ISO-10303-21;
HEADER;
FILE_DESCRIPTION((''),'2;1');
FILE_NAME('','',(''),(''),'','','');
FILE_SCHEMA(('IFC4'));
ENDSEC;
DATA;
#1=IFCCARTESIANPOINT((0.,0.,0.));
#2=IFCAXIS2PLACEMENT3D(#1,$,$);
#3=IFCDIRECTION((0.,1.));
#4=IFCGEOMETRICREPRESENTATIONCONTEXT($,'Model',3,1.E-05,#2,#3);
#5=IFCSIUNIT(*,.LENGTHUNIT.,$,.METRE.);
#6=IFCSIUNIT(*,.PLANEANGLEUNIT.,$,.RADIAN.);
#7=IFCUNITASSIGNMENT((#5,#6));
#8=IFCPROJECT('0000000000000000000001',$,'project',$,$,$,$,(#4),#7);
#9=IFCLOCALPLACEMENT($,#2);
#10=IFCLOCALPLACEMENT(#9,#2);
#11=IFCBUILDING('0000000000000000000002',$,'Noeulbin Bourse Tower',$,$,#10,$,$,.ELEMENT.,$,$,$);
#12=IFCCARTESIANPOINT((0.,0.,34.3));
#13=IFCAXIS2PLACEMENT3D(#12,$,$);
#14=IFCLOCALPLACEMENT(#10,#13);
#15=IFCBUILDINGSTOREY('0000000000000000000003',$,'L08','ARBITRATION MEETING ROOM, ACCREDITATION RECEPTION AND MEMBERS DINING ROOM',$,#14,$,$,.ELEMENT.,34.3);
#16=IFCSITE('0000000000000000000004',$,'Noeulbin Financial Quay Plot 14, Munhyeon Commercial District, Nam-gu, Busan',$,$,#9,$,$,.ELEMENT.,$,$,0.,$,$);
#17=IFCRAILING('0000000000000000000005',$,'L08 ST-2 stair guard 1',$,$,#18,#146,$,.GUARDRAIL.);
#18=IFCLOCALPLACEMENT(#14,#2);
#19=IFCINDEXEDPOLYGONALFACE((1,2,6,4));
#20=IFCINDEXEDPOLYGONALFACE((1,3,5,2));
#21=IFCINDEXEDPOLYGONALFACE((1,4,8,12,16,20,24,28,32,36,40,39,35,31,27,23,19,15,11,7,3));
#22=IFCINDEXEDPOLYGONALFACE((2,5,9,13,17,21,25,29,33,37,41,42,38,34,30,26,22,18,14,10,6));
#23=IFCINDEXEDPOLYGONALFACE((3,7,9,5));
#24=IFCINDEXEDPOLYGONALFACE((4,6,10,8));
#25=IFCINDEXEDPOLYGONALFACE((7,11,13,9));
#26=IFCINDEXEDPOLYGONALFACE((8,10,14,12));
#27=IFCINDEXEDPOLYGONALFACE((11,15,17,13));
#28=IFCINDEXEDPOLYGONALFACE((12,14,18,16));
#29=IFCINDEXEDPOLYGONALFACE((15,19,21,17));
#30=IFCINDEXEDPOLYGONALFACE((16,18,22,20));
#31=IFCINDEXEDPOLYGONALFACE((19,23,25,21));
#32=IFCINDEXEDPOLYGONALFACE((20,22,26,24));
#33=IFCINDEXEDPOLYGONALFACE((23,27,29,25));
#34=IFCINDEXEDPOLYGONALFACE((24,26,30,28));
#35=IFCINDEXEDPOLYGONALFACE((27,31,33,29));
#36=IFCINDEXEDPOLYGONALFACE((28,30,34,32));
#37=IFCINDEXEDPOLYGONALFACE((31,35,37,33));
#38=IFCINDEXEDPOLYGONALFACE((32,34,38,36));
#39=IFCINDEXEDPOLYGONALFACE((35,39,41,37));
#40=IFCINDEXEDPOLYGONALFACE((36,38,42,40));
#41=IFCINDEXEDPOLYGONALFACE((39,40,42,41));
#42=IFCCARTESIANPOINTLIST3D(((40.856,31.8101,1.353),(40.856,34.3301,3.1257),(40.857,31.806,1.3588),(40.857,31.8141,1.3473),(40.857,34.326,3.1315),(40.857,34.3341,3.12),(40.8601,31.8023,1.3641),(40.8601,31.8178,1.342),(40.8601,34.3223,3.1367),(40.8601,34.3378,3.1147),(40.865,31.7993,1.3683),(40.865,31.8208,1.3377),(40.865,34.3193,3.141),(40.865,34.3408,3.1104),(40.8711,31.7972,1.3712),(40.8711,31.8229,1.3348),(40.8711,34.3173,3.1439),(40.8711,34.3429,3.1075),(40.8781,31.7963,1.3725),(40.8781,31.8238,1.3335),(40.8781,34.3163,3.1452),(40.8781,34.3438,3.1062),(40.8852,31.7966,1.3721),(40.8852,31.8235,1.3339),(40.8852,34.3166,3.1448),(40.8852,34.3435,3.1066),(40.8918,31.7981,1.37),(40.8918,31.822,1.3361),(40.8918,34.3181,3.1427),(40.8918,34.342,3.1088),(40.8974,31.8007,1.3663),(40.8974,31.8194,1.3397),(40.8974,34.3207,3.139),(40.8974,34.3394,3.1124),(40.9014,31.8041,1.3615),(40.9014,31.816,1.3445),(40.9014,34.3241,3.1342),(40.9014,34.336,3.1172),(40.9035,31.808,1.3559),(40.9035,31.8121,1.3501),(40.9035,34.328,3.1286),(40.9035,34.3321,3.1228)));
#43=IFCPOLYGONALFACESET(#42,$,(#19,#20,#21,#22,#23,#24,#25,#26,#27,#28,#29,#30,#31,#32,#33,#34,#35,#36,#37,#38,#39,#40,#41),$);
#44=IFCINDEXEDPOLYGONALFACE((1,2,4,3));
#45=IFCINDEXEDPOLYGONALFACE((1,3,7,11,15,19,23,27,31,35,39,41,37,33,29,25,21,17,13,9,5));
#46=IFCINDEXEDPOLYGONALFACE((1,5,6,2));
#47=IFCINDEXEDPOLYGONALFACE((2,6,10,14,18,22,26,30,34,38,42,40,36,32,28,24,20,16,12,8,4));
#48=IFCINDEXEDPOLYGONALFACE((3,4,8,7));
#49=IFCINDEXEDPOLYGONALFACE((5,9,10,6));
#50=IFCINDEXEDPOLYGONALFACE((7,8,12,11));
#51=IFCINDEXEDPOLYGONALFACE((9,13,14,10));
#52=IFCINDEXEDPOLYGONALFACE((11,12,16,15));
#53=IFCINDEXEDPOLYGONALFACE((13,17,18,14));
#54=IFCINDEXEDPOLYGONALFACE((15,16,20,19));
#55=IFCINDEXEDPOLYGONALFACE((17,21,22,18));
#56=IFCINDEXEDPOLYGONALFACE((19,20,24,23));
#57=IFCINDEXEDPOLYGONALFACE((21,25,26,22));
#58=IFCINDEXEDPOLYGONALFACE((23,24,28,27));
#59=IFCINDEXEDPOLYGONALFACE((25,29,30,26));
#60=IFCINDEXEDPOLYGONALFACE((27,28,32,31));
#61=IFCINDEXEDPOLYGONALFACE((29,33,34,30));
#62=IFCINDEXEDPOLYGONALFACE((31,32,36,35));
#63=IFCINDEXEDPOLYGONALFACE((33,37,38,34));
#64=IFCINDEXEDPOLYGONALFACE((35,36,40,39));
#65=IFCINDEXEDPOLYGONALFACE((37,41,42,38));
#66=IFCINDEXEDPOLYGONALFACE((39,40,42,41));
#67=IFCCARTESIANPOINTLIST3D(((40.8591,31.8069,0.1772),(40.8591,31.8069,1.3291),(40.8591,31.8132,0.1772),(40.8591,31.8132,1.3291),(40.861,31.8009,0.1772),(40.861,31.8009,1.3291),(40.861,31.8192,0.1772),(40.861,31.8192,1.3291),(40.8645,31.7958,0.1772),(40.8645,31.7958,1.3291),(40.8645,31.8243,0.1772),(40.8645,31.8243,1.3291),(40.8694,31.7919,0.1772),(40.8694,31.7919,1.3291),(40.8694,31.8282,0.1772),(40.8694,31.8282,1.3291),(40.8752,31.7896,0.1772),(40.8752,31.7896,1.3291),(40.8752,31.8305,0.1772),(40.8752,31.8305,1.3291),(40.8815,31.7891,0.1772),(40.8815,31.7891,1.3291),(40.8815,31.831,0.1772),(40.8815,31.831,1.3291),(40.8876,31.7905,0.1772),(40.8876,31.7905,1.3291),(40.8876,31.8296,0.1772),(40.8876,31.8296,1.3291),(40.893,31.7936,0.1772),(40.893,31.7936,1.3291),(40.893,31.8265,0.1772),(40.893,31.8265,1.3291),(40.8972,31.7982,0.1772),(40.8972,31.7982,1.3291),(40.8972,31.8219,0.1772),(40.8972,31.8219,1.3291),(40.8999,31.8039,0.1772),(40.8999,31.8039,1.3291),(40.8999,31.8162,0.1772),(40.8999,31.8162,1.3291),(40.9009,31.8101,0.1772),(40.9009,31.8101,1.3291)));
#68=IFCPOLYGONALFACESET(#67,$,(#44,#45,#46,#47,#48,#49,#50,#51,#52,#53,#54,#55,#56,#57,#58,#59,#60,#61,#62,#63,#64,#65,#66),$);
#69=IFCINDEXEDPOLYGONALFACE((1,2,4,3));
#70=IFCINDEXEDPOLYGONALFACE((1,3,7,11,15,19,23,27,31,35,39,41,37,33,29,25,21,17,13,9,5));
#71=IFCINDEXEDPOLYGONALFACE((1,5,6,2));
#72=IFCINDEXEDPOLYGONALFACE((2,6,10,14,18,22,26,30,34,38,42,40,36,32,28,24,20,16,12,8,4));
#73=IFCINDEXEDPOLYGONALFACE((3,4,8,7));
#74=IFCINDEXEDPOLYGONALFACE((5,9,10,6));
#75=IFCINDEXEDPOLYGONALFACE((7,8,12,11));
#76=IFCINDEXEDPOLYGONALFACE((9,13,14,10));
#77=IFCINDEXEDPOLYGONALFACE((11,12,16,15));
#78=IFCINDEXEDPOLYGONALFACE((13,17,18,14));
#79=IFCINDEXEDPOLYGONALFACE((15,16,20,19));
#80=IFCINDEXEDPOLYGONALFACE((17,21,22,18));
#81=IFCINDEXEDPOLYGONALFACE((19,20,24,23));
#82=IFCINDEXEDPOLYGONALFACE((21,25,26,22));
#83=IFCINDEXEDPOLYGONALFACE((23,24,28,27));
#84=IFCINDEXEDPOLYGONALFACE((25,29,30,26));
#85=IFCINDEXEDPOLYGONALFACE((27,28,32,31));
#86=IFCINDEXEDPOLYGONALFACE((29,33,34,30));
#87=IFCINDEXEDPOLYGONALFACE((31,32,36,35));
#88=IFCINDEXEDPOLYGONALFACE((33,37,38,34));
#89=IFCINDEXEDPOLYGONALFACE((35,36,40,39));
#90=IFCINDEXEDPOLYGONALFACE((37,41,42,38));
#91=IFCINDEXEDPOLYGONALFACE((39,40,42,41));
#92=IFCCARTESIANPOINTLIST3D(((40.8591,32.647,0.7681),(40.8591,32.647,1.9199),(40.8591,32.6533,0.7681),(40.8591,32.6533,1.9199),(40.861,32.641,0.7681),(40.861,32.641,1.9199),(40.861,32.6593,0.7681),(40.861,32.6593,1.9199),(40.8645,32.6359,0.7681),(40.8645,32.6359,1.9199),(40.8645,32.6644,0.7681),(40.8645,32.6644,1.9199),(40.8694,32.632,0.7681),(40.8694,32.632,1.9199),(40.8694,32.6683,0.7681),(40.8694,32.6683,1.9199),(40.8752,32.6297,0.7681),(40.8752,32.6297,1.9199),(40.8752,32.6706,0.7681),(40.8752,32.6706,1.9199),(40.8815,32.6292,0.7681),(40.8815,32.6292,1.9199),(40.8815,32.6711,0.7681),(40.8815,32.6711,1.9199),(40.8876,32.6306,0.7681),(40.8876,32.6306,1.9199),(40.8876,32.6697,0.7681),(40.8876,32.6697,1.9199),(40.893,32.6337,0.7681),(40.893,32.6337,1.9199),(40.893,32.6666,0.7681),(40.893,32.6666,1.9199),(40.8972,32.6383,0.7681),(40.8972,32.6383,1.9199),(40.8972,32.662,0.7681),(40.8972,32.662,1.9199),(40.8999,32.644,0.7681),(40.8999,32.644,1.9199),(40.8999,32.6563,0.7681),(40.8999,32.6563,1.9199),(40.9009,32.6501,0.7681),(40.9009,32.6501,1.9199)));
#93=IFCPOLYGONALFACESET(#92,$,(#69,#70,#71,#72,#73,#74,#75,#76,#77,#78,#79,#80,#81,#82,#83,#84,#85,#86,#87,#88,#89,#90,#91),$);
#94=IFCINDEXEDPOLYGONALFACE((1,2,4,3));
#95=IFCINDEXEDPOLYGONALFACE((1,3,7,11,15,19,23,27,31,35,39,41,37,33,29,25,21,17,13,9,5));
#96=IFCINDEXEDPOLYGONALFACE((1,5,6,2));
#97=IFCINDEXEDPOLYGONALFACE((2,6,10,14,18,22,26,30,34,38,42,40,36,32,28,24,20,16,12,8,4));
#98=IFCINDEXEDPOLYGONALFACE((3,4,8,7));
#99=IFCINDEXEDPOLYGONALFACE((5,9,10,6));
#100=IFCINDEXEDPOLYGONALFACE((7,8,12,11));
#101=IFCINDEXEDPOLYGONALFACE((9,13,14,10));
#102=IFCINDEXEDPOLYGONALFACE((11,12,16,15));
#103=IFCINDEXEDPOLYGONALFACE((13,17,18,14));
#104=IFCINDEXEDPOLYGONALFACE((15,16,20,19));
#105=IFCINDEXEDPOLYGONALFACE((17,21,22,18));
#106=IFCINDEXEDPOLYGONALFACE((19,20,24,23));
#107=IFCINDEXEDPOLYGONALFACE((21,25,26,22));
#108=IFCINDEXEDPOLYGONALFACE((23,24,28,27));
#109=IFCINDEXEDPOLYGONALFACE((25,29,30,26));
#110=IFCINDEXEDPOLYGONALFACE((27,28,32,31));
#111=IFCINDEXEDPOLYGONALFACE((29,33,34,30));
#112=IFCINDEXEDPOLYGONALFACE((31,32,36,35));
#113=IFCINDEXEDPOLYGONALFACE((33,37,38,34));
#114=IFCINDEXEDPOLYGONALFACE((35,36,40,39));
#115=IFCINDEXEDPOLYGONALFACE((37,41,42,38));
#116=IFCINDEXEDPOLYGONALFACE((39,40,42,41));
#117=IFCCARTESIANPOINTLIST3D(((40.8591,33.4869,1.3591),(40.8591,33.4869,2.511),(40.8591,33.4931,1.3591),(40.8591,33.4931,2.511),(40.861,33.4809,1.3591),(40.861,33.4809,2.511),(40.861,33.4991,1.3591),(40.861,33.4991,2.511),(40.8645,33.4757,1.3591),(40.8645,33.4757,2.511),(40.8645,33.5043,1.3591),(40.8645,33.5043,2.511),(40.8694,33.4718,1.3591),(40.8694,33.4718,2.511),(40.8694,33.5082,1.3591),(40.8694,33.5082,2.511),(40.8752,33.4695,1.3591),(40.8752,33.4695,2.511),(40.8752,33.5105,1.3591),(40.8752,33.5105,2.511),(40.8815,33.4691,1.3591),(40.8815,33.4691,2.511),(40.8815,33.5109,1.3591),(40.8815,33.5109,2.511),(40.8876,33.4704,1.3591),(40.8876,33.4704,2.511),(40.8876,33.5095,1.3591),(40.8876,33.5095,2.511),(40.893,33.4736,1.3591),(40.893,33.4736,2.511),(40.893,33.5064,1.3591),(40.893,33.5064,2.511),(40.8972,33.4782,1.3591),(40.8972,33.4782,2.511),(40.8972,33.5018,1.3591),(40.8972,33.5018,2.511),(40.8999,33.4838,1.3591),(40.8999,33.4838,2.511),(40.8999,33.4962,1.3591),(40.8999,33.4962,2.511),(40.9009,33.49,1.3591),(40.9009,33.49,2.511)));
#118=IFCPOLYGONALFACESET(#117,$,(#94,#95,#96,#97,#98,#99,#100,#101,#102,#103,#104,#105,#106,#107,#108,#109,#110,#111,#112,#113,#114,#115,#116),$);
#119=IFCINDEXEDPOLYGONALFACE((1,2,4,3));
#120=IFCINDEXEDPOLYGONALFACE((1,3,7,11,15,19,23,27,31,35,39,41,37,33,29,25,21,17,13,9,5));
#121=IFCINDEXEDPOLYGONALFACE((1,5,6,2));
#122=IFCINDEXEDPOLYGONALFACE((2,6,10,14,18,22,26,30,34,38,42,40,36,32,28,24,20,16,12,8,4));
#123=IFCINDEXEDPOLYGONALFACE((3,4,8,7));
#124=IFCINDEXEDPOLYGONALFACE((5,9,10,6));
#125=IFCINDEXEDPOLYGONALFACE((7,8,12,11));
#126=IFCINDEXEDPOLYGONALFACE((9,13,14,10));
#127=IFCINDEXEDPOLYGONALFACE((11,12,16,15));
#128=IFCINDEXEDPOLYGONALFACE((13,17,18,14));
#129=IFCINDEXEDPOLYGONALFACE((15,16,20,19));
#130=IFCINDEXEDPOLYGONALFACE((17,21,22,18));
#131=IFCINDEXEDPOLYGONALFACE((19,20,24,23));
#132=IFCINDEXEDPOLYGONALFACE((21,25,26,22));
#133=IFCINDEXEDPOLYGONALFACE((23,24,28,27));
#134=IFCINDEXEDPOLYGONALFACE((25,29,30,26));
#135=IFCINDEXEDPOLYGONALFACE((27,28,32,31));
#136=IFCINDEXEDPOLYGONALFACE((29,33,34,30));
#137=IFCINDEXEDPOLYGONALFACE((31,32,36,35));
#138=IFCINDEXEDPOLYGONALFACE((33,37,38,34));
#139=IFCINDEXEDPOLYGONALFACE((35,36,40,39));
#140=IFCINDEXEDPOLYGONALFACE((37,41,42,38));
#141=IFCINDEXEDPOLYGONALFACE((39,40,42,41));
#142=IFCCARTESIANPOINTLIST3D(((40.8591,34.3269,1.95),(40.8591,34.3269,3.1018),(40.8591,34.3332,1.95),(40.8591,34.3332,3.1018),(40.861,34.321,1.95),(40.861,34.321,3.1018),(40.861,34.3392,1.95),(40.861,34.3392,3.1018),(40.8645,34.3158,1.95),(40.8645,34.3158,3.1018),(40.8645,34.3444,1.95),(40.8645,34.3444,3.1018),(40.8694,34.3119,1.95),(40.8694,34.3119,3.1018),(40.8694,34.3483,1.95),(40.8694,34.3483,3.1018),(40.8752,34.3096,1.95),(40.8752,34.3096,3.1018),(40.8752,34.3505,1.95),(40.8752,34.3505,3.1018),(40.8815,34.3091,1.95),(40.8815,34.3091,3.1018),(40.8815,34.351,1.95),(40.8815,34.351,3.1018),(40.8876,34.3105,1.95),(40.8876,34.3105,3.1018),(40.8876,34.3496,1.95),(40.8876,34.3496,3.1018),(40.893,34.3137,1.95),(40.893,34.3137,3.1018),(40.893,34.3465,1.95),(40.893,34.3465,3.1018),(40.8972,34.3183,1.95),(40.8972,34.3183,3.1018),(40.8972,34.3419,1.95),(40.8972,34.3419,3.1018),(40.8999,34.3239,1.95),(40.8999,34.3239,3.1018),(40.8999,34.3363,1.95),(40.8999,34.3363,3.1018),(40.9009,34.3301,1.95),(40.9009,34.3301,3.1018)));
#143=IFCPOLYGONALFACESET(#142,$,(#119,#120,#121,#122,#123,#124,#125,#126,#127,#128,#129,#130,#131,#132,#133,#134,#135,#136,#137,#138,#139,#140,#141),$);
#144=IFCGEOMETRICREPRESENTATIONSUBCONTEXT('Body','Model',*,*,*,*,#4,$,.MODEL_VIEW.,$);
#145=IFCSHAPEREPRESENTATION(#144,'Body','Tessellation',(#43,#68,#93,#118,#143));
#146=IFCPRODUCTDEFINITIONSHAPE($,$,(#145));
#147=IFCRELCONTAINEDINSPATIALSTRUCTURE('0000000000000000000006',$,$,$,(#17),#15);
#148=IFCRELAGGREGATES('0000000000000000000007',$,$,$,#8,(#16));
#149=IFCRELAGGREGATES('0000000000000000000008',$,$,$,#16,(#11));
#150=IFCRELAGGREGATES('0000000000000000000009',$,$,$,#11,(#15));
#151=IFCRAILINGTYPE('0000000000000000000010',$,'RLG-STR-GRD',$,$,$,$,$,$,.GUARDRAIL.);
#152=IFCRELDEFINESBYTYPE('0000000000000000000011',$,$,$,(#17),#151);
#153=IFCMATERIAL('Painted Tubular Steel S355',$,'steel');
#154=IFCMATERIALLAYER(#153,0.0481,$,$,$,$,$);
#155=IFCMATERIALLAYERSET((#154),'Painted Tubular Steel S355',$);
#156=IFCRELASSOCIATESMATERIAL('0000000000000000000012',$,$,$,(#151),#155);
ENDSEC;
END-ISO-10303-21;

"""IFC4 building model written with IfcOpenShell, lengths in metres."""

from ifc_helpers import new_model, si_unit, direction, frame, origin, origin_2d, place, context, subcontext, project, spatial, circle, extrude, material, layer, layer_set, type_object, element, save


model = new_model("IFC4")

# Units and contexts
model_context = context("Model", 3, precision=1e-05, world=origin(), true_north=direction((0.0, 1.0)))
body_context = subcontext(model_context, "Body", "Model", "MODEL_VIEW")
ifc_project = project(units=[si_unit("LENGTHUNIT", "METRE"), si_unit("PLANEANGLEUNIT", "RADIAN")], contexts=[model_context])

# Site, building, storey
site_placement = place(None, origin())
site = spatial("IfcSite", under=ifc_project, at=site_placement, Name="Noeulbin Financial Quay Plot 14, Munhyeon Commercial District, Nam-gu, Busan", CompositionType="ELEMENT", RefElevation=0.0)
building_placement = place(site_placement, origin())
building = spatial("IfcBuilding", under=site, at=building_placement, Name="Noeulbin Bourse Tower", CompositionType="ELEMENT")
storey_placement = place(building_placement, frame((0.0, 0.0, 34.3)))
storey = spatial("IfcBuildingStorey", under=building, at=storey_placement, Name="L08", Description="ARBITRATION MEETING ROOM, ACCREDITATION RECEPTION AND MEMBERS DINING ROOM", CompositionType="ELEMENT", Elevation=34.3)

# Railing
ifc_material_1 = material(Name="Painted Tubular Steel S355", Category="steel")
ifc_layer_1 = layer(ifc_material_1, 0.0481)
ifc_layer_set_1 = layer_set([ifc_layer_1], Name="Painted Tubular Steel S355")
railing_type_1 = type_object("IfcRailingType", Name="RLG-STR-GRD", PredefinedType="GUARDRAIL", material=ifc_layer_set_1)
railing_1_placement = place(storey_placement, frame((40.8799, 31.8101, 0.1772)))
element("IfcRailing", 1, at=railing_1_placement, inside=storey, type_object=railing_type_1, Name="L08 ST-2 stair guard 1", PredefinedType="GUARDRAIL", context=body_context, shape_type="SweptSolid", body=[
    extrude(circle(Radius=0.0239, at=origin_2d()), frame((0.0, 0.0, 1.1758), z_axis=(0.0, 0.817904, 0.575354), x_axis=(-1.0, 0.0, 0.0)), (0.0, 0.0, 1.0), 3.0811),
    extrude(circle(Radius=0.021, at=origin_2d()), origin(), (0.0, 0.0, 1.0), 1.1519),
    extrude(circle(Radius=0.021, at=origin_2d()), frame((0.0, 0.8401, 0.5908)), (0.0, 0.0, 1.0), 1.1519),
    extrude(circle(Radius=0.021, at=origin_2d()), frame((0.0, 1.6799, 1.1819)), (0.0, 0.0, 1.0), 1.1519),
    extrude(circle(Radius=0.021, at=origin_2d()), frame((0.0, 2.52, 1.7727)), (0.0, 0.0, 1.0), 1.1519),
])

save(model, "model.ifc")
